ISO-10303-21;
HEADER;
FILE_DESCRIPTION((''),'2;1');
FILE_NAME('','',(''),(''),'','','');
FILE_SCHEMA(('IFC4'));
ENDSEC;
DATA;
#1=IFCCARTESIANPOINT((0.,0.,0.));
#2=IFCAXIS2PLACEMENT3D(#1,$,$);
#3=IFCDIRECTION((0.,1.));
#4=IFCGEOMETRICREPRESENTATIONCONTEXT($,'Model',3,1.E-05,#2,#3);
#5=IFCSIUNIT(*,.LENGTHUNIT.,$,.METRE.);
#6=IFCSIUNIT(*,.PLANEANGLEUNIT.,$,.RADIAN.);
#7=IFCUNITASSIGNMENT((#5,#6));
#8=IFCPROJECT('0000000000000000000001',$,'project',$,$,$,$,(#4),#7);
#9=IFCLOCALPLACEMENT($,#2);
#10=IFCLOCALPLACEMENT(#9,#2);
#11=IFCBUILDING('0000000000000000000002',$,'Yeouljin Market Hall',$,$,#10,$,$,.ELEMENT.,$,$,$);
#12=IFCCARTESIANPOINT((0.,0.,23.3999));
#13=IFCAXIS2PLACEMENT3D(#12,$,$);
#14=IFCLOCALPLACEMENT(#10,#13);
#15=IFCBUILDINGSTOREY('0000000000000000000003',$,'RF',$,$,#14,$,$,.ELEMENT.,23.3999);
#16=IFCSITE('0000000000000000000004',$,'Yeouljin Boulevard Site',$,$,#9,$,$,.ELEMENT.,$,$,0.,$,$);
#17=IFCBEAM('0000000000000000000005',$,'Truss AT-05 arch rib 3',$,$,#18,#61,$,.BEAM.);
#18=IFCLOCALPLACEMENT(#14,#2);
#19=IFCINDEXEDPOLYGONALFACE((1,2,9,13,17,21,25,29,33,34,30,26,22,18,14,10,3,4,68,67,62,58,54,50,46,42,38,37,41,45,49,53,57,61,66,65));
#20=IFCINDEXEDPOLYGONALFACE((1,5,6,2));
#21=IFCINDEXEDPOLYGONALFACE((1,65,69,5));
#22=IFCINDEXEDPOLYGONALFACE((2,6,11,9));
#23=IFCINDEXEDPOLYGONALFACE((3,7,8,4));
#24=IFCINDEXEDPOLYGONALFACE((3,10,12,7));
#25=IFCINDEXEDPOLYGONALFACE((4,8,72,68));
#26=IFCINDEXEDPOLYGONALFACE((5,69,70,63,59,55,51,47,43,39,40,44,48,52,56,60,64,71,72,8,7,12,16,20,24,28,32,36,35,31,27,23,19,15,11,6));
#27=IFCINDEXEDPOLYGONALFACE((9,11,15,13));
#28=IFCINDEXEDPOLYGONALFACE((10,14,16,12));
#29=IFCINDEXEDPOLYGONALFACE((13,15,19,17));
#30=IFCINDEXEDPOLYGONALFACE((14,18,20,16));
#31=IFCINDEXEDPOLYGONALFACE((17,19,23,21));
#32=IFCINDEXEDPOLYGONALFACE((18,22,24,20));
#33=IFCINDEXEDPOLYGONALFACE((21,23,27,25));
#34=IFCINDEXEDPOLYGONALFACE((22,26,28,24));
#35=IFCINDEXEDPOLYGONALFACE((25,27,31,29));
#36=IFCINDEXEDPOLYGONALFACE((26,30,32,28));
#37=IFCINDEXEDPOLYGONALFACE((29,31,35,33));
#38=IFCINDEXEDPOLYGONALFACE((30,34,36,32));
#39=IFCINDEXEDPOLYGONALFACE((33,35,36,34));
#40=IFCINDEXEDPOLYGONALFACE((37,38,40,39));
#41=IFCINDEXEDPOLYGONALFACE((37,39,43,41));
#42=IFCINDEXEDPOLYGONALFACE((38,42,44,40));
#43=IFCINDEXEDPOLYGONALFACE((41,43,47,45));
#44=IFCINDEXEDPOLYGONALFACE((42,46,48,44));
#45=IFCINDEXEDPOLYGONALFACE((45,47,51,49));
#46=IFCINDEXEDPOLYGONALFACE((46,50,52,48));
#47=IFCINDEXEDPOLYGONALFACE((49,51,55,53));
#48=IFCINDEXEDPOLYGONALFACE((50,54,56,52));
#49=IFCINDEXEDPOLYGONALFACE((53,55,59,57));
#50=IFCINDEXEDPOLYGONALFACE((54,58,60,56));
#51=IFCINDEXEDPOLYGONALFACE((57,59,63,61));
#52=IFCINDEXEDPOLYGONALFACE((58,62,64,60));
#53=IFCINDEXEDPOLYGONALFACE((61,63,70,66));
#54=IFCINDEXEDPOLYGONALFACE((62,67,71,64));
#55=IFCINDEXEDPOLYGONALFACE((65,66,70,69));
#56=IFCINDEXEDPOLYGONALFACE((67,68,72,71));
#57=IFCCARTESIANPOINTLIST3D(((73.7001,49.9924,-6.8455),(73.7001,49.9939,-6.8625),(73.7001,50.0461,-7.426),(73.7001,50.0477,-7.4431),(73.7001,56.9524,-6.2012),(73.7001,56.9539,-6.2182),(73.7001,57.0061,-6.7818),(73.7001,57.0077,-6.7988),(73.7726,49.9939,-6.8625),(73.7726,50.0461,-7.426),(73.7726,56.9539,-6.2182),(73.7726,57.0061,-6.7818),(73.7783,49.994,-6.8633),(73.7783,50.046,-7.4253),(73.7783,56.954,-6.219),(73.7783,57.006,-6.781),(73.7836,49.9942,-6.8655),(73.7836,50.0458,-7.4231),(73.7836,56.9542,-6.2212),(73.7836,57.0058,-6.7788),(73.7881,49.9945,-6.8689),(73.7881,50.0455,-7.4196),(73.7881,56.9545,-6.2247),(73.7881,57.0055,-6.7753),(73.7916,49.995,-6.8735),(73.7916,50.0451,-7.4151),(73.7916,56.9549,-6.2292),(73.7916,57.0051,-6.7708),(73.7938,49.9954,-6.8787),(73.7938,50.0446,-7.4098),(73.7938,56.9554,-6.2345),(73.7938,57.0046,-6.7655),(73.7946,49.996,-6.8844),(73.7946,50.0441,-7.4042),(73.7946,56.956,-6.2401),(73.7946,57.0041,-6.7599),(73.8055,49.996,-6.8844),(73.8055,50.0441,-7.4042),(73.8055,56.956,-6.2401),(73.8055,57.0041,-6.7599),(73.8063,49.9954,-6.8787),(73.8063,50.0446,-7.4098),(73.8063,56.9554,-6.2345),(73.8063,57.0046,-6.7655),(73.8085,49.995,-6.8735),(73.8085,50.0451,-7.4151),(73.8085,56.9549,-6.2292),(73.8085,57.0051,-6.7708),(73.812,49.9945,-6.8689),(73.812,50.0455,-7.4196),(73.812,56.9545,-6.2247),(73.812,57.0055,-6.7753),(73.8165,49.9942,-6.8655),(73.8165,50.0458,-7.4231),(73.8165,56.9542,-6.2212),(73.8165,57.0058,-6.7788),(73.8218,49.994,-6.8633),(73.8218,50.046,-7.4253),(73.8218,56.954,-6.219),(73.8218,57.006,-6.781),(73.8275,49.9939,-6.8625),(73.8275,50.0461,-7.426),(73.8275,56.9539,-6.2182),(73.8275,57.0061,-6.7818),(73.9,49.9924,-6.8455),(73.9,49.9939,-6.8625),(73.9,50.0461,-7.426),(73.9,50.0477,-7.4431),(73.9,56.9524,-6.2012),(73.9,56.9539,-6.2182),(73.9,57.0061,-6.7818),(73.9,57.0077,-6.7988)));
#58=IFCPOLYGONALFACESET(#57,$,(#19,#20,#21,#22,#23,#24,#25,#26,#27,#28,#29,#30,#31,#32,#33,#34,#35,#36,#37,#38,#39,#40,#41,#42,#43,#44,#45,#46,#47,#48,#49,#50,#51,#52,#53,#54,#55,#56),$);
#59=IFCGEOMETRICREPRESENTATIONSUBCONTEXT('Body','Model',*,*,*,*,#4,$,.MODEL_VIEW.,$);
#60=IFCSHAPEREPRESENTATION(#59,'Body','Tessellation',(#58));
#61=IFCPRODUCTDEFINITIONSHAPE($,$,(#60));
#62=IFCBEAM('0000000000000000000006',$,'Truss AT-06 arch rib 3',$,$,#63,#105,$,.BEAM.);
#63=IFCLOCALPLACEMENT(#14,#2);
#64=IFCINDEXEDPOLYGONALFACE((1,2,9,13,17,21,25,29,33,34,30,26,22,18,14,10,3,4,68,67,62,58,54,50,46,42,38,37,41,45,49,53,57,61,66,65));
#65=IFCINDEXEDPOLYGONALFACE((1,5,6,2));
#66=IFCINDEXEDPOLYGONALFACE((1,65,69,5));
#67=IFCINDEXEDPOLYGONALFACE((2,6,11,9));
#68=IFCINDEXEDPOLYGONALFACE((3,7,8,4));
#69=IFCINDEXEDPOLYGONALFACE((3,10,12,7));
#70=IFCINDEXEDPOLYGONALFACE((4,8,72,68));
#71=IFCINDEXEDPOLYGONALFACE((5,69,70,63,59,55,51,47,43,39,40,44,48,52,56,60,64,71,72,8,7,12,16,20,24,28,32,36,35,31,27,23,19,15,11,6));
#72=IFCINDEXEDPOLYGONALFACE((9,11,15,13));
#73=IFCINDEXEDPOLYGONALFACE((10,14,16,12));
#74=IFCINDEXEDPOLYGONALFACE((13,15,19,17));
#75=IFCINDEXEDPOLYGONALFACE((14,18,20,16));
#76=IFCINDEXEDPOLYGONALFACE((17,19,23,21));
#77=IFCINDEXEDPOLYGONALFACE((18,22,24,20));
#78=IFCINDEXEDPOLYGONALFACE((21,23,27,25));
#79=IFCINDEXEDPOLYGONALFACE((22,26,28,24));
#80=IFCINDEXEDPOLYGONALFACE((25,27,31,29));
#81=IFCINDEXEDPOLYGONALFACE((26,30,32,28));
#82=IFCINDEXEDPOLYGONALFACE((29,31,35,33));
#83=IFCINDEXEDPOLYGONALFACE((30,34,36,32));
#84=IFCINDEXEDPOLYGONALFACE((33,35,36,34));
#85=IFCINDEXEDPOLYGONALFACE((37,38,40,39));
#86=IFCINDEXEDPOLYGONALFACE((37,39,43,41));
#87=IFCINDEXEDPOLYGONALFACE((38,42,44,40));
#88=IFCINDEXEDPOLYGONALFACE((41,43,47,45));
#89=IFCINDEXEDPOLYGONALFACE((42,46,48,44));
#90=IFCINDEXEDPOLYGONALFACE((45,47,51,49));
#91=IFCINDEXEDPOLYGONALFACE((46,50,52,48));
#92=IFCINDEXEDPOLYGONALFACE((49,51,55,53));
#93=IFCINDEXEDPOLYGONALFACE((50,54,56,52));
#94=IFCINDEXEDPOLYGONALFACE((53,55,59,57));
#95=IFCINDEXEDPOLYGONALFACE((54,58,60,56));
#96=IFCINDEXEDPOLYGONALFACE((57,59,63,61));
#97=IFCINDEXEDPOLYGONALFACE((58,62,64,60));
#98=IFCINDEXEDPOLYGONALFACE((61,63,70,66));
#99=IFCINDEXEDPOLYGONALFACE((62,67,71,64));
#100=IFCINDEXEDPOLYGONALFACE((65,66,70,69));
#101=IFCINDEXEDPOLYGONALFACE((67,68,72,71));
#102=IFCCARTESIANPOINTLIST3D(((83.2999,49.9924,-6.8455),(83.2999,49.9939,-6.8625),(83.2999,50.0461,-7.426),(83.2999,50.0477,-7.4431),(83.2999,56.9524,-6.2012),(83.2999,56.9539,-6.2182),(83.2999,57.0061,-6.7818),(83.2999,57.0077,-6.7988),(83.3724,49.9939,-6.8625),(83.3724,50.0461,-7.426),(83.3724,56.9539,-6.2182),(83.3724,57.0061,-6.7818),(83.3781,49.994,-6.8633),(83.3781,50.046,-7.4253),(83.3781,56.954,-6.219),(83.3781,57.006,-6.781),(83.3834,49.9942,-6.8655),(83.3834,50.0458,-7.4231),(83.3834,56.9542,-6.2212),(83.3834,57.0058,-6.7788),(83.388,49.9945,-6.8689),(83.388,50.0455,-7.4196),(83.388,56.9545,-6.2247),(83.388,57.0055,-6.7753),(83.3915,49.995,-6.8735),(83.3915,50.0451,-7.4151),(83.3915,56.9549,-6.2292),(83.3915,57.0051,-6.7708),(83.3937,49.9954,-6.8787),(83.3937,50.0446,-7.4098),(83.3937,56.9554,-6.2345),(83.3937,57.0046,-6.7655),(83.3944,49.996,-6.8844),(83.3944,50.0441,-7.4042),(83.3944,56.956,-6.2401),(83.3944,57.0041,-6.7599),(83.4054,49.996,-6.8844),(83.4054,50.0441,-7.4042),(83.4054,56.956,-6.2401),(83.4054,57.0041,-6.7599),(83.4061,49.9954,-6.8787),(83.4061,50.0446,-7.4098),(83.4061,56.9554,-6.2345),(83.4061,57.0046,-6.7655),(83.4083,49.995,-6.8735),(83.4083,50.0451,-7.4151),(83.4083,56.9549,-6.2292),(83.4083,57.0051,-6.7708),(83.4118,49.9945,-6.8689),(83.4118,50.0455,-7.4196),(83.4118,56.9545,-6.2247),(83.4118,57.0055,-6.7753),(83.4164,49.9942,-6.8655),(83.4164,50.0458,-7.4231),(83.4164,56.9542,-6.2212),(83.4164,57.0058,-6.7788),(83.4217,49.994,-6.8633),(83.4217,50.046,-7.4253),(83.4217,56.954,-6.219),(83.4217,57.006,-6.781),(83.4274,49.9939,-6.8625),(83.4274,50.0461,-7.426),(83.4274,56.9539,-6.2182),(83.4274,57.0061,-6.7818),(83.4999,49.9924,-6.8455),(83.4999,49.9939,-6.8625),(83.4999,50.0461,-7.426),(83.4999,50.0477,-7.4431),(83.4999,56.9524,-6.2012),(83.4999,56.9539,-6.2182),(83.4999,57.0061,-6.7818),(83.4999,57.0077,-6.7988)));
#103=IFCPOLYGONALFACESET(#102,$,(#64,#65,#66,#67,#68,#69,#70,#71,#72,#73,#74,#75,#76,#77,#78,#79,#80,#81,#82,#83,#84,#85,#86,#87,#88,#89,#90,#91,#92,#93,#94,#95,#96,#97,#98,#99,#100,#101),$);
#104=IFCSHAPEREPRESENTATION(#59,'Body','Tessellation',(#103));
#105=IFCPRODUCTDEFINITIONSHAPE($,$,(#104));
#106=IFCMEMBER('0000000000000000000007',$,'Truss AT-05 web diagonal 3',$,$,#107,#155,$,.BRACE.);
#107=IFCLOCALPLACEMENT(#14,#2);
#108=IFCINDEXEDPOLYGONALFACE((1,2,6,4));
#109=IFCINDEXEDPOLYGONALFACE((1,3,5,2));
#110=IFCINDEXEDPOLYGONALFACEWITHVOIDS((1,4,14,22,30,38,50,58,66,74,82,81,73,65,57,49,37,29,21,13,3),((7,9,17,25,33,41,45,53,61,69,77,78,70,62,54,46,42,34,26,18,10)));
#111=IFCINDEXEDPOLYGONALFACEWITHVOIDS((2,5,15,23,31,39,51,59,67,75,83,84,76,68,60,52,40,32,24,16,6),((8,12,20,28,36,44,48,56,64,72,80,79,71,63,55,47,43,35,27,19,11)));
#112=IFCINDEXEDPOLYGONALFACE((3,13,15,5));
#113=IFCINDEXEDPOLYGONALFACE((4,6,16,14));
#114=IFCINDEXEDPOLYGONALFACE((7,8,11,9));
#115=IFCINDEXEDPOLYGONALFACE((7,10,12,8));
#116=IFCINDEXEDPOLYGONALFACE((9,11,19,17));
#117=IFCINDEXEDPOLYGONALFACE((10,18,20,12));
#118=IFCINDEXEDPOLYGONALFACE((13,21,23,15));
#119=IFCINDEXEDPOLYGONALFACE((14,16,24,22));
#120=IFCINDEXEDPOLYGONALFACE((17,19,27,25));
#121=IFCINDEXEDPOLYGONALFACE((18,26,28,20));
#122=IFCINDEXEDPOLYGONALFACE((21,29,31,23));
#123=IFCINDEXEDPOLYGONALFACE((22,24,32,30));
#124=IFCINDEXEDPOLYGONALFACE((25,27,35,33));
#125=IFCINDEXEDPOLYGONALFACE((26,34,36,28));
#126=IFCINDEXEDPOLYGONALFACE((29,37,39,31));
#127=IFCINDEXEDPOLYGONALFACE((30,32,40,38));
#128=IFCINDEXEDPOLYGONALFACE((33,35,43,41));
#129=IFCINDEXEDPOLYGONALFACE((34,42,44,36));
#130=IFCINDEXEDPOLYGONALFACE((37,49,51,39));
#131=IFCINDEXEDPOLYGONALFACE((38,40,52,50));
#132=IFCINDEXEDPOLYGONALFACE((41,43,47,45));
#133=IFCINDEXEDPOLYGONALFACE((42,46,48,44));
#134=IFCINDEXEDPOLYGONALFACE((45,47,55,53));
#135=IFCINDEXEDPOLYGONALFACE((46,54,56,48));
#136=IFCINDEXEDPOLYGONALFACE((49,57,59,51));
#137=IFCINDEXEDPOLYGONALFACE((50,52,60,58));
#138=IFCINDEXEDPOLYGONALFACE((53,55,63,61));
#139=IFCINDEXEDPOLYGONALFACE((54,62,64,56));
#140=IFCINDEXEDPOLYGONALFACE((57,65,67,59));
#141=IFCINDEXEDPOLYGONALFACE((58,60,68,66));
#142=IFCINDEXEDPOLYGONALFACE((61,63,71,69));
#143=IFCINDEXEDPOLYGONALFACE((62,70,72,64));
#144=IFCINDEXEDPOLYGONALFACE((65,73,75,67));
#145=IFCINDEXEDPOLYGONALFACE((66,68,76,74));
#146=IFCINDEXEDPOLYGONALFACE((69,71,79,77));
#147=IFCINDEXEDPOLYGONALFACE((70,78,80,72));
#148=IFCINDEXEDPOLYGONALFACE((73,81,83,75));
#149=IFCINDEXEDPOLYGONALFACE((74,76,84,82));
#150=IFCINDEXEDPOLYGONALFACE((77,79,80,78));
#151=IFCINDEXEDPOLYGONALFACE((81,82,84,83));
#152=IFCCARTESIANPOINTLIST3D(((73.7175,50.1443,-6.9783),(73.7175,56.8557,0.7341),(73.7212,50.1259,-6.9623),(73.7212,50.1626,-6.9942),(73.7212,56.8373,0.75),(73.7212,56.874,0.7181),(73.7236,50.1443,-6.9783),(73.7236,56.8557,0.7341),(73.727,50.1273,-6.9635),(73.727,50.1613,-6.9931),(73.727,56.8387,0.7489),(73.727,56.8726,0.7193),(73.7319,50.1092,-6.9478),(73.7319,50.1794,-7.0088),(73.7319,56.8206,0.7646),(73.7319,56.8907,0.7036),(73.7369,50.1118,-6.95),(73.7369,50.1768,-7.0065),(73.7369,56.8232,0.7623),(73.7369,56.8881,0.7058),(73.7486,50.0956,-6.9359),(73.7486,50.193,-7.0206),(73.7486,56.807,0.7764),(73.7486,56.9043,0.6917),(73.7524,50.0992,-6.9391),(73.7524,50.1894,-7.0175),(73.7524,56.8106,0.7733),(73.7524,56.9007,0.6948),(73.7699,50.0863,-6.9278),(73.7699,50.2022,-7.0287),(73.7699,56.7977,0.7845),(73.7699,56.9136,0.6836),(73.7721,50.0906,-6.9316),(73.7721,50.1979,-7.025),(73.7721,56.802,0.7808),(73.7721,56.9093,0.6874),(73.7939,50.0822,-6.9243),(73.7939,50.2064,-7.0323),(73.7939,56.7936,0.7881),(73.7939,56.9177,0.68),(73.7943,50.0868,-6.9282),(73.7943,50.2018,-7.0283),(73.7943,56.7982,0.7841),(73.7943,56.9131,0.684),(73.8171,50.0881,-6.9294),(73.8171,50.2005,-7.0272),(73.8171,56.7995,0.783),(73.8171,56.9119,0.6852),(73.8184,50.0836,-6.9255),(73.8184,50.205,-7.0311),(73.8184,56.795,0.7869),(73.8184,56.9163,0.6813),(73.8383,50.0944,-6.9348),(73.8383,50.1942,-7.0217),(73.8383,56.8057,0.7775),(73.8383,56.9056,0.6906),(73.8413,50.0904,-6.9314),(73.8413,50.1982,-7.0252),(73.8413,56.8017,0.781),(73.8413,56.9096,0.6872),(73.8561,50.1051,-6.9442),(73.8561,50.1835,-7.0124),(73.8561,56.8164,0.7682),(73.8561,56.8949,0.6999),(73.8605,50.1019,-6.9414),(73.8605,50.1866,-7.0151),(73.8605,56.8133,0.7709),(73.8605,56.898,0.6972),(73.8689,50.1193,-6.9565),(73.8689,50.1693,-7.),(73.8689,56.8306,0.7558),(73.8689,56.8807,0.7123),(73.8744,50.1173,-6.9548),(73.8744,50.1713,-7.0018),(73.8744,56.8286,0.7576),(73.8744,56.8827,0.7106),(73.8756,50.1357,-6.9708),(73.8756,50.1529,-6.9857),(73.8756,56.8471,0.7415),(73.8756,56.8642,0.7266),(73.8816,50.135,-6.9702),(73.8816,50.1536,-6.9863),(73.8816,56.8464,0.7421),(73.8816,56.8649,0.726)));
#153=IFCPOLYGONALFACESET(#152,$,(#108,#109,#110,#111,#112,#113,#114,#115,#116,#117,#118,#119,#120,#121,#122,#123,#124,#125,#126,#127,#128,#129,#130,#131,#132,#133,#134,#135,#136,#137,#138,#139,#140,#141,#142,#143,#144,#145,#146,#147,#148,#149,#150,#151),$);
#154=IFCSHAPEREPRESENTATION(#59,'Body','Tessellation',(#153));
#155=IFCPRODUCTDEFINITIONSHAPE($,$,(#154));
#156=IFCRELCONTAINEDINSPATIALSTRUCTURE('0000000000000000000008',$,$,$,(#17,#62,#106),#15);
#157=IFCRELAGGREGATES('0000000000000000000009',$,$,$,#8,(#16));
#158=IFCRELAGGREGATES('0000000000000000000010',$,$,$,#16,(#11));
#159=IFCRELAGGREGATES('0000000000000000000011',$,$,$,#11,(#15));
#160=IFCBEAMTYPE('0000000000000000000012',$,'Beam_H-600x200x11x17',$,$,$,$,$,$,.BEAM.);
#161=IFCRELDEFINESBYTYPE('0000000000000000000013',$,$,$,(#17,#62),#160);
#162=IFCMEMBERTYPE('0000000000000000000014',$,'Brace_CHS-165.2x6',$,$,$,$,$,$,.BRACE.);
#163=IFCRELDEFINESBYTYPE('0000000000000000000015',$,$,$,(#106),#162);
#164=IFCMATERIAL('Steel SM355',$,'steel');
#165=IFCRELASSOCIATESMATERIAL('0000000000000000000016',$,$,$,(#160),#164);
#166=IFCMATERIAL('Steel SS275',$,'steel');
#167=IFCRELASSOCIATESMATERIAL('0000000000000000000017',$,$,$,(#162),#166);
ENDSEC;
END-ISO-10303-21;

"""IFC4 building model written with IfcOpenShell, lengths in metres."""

from ifc_helpers import new_model, si_unit, direction, frame, origin, origin_2d, place, context, subcontext, project, spatial, hollow_circle, i_section, extrude, material, material_profile, profile_set, type_object, element, save


model = new_model("IFC4")

# Units and contexts
model_context = context("Model", 3, precision=1e-05, world=origin(), true_north=direction((0.0, 1.0)))
body_context = subcontext(model_context, "Body", "Model", "MODEL_VIEW")
ifc_project = project(units=[si_unit("LENGTHUNIT", "METRE"), si_unit("PLANEANGLEUNIT", "RADIAN")], contexts=[model_context])

# Site, building, storey
site_placement = place(None, origin())
site = spatial("IfcSite", under=ifc_project, at=site_placement, Name="Yeouljin Boulevard Site", CompositionType="ELEMENT", RefElevation=0.0)
building_placement = place(site_placement, origin())
building = spatial("IfcBuilding", under=site, at=building_placement, Name="Yeouljin Market Hall", CompositionType="ELEMENT")
storey_placement = place(building_placement, frame((0.0, 0.0, 23.3999)))
storey = spatial("IfcBuildingStorey", under=building, at=storey_placement, Name="RF", CompositionType="ELEMENT", Elevation=23.3999)

# Beams
ifc_material_1 = material(Name="Steel SM355", Category="steel")
ifc_material_profile_1 = material_profile(ifc_material_1, i_section(OverallWidth=0.2, OverallDepth=0.6001, WebThickness=0.011, FlangeThickness=0.0171, FilletRadius=0.022, at=origin_2d()), Name="H-600x200x11x17")
ifc_profile_set_1 = profile_set([ifc_material_profile_1], Name="Steel SM355")
beam_type = type_object("IfcBeamType", Name="Beam_H-600x200x11x17", PredefinedType="BEAM", material=ifc_profile_set_1)
for number, where, z_axis, x_axis, name in (
    (1, (73.8, 50.02, -7.1443), (0.0, 0.995743, 0.092176), (-1.0, 0.0, 0.0), "Truss AT-05 arch rib 3"),
    (2, (83.3999, 50.02, -7.1443), (0.0, 0.995743, 0.092176), (-1.0, 0.0, 0.0), "Truss AT-06 arch rib 3"),
):
    element("IfcBeam", number, at=place(storey_placement, frame(where, z_axis=z_axis, x_axis=x_axis)), inside=storey, type_object=beam_type, Name=name, PredefinedType="BEAM", context=body_context, shape_type="SweptSolid", body=[
        extrude(i_section(OverallWidth=0.2, OverallDepth=0.6001, WebThickness=0.011, FlangeThickness=0.0171, FilletRadius=0.022, at=origin_2d()), origin(), (0.0, 0.0, 1.0), 6.9897),
    ])

# Member
ifc_material_2 = material(Name="Steel SS275", Category="steel")
ifc_material_profile_2 = material_profile(ifc_material_2, hollow_circle(Radius=0.0825, WallThickness=0.0061, at=origin_2d()), Name="CHS-165.2x6")
ifc_profile_set_2 = profile_set([ifc_material_profile_2], Name="Steel SS275")
member_type_1 = type_object("IfcMemberType", Name="Brace_CHS-165.2x6", PredefinedType="BRACE", material=ifc_profile_set_2)
member_1_placement = place(storey_placement, frame((73.8, 50.1443, -6.9783), z_axis=(0.0, 0.656457, 0.754364), x_axis=(-1.0, 0.0, 0.0)))
element("IfcMember", 3, at=member_1_placement, inside=storey, type_object=member_type_1, Name="Truss AT-05 web diagonal 3", PredefinedType="BRACE", context=body_context, shape_type="SweptSolid", body=[
    extrude(hollow_circle(Radius=0.0825, WallThickness=0.0061, at=origin_2d()), origin(), (0.0, 0.0, 1.0), 10.2236),
])

save(model, "model.ifc")
